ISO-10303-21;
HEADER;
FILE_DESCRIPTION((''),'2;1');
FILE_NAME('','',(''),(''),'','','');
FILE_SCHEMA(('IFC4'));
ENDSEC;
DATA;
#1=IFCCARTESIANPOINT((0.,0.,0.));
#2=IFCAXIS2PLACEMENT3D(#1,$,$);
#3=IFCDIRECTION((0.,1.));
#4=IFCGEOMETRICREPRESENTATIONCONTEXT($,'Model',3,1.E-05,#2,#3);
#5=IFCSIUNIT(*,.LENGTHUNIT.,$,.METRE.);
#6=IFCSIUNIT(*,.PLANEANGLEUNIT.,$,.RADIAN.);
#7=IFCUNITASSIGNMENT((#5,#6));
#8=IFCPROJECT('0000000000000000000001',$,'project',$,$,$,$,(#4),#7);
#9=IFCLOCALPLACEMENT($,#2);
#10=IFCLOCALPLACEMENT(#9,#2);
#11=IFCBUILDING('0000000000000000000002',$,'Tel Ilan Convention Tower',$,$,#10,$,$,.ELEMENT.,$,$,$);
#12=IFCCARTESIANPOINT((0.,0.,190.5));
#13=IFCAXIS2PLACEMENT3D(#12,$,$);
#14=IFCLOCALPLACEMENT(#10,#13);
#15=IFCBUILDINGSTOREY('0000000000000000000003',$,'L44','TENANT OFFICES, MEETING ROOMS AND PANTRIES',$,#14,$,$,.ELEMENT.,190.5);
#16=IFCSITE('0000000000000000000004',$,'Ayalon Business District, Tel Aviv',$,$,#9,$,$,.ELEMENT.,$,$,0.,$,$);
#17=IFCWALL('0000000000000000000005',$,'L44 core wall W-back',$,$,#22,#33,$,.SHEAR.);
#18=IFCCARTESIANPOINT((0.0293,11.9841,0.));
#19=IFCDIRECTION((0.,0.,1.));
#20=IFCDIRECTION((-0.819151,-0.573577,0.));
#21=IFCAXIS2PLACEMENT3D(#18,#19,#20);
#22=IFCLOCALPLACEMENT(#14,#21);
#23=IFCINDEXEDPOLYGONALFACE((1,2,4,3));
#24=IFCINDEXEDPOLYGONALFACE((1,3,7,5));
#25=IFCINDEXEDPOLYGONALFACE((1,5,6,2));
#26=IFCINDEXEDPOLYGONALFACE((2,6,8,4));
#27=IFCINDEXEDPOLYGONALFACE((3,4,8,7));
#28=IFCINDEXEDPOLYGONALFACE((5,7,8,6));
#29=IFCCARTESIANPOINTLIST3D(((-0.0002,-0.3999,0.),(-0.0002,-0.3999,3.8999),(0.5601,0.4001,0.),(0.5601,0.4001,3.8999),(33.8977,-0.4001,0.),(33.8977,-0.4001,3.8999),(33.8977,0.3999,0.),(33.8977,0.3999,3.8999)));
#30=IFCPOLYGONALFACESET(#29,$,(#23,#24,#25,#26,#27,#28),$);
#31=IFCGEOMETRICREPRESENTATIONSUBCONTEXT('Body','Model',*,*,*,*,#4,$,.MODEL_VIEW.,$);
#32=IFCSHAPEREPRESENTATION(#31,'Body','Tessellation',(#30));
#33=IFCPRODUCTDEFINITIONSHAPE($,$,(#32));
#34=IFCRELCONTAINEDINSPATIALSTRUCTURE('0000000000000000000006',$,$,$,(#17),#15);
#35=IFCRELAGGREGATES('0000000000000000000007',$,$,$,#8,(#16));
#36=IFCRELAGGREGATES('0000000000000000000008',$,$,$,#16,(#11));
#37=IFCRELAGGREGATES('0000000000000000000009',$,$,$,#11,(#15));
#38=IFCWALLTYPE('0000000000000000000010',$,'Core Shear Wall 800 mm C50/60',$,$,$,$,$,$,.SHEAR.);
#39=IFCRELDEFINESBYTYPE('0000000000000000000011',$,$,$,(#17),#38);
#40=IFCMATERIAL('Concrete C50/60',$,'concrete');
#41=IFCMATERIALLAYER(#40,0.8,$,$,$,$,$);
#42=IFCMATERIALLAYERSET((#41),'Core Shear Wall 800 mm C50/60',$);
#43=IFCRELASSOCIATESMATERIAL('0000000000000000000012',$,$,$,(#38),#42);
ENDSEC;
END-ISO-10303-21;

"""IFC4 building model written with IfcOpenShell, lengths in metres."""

from ifc_helpers import new_model, si_unit, direction, frame, origin, place, context, subcontext, project, spatial, polyline, outline, extrude, material, layer, layer_set, type_object, element, save


model = new_model("IFC4")

# Units and contexts
model_context = context("Model", 3, precision=1e-05, world=origin(), true_north=direction((0.0, 1.0)))
body_context = subcontext(model_context, "Body", "Model", "MODEL_VIEW")
ifc_project = project(units=[si_unit("LENGTHUNIT", "METRE"), si_unit("PLANEANGLEUNIT", "RADIAN")], contexts=[model_context])

# Site, building, storey
site_placement = place(None, origin())
site = spatial("IfcSite", under=ifc_project, at=site_placement, Name="Ayalon Business District, Tel Aviv", CompositionType="ELEMENT", RefElevation=0.0)
building_placement = place(site_placement, origin())
building = spatial("IfcBuilding", under=site, at=building_placement, Name="Tel Ilan Convention Tower", CompositionType="ELEMENT")
storey_placement = place(building_placement, frame((0.0, 0.0, 190.5)))
storey = spatial("IfcBuildingStorey", under=building, at=storey_placement, Name="L44", Description="TENANT OFFICES, MEETING ROOMS AND PANTRIES", CompositionType="ELEMENT", Elevation=190.5)

# Wall
ifc_material_1 = material(Name="Concrete C50/60", Category="concrete")
ifc_layer_1 = layer(ifc_material_1, 0.8)
ifc_layer_set_1 = layer_set([ifc_layer_1], Name="Core Shear Wall 800 mm C50/60")
wall_type_1 = type_object("IfcWallType", Name="Core Shear Wall 800 mm C50/60", PredefinedType="SHEAR", material=ifc_layer_set_1)
wall_1_placement = place(storey_placement, frame((0.0293, 11.9841, 0.0), z_axis=(0.0, 0.0, 1.0), x_axis=(-0.819151, -0.573577, 0.0)))
element("IfcWall", 1, at=wall_1_placement, inside=storey, type_object=wall_type_1, Name="L44 core wall W-back", PredefinedType="SHEAR", context=body_context, shape_type="SweptSolid", body=[
    extrude(outline(polyline([(33.8977, 0.3999), (0.5601, 0.4001), (-0.0002, -0.3999), (33.8977, -0.4001), (33.8977, 0.3999)])), origin(), (0.0, 0.0, 1.0), 3.8999),
])

save(model, "model.ifc")
